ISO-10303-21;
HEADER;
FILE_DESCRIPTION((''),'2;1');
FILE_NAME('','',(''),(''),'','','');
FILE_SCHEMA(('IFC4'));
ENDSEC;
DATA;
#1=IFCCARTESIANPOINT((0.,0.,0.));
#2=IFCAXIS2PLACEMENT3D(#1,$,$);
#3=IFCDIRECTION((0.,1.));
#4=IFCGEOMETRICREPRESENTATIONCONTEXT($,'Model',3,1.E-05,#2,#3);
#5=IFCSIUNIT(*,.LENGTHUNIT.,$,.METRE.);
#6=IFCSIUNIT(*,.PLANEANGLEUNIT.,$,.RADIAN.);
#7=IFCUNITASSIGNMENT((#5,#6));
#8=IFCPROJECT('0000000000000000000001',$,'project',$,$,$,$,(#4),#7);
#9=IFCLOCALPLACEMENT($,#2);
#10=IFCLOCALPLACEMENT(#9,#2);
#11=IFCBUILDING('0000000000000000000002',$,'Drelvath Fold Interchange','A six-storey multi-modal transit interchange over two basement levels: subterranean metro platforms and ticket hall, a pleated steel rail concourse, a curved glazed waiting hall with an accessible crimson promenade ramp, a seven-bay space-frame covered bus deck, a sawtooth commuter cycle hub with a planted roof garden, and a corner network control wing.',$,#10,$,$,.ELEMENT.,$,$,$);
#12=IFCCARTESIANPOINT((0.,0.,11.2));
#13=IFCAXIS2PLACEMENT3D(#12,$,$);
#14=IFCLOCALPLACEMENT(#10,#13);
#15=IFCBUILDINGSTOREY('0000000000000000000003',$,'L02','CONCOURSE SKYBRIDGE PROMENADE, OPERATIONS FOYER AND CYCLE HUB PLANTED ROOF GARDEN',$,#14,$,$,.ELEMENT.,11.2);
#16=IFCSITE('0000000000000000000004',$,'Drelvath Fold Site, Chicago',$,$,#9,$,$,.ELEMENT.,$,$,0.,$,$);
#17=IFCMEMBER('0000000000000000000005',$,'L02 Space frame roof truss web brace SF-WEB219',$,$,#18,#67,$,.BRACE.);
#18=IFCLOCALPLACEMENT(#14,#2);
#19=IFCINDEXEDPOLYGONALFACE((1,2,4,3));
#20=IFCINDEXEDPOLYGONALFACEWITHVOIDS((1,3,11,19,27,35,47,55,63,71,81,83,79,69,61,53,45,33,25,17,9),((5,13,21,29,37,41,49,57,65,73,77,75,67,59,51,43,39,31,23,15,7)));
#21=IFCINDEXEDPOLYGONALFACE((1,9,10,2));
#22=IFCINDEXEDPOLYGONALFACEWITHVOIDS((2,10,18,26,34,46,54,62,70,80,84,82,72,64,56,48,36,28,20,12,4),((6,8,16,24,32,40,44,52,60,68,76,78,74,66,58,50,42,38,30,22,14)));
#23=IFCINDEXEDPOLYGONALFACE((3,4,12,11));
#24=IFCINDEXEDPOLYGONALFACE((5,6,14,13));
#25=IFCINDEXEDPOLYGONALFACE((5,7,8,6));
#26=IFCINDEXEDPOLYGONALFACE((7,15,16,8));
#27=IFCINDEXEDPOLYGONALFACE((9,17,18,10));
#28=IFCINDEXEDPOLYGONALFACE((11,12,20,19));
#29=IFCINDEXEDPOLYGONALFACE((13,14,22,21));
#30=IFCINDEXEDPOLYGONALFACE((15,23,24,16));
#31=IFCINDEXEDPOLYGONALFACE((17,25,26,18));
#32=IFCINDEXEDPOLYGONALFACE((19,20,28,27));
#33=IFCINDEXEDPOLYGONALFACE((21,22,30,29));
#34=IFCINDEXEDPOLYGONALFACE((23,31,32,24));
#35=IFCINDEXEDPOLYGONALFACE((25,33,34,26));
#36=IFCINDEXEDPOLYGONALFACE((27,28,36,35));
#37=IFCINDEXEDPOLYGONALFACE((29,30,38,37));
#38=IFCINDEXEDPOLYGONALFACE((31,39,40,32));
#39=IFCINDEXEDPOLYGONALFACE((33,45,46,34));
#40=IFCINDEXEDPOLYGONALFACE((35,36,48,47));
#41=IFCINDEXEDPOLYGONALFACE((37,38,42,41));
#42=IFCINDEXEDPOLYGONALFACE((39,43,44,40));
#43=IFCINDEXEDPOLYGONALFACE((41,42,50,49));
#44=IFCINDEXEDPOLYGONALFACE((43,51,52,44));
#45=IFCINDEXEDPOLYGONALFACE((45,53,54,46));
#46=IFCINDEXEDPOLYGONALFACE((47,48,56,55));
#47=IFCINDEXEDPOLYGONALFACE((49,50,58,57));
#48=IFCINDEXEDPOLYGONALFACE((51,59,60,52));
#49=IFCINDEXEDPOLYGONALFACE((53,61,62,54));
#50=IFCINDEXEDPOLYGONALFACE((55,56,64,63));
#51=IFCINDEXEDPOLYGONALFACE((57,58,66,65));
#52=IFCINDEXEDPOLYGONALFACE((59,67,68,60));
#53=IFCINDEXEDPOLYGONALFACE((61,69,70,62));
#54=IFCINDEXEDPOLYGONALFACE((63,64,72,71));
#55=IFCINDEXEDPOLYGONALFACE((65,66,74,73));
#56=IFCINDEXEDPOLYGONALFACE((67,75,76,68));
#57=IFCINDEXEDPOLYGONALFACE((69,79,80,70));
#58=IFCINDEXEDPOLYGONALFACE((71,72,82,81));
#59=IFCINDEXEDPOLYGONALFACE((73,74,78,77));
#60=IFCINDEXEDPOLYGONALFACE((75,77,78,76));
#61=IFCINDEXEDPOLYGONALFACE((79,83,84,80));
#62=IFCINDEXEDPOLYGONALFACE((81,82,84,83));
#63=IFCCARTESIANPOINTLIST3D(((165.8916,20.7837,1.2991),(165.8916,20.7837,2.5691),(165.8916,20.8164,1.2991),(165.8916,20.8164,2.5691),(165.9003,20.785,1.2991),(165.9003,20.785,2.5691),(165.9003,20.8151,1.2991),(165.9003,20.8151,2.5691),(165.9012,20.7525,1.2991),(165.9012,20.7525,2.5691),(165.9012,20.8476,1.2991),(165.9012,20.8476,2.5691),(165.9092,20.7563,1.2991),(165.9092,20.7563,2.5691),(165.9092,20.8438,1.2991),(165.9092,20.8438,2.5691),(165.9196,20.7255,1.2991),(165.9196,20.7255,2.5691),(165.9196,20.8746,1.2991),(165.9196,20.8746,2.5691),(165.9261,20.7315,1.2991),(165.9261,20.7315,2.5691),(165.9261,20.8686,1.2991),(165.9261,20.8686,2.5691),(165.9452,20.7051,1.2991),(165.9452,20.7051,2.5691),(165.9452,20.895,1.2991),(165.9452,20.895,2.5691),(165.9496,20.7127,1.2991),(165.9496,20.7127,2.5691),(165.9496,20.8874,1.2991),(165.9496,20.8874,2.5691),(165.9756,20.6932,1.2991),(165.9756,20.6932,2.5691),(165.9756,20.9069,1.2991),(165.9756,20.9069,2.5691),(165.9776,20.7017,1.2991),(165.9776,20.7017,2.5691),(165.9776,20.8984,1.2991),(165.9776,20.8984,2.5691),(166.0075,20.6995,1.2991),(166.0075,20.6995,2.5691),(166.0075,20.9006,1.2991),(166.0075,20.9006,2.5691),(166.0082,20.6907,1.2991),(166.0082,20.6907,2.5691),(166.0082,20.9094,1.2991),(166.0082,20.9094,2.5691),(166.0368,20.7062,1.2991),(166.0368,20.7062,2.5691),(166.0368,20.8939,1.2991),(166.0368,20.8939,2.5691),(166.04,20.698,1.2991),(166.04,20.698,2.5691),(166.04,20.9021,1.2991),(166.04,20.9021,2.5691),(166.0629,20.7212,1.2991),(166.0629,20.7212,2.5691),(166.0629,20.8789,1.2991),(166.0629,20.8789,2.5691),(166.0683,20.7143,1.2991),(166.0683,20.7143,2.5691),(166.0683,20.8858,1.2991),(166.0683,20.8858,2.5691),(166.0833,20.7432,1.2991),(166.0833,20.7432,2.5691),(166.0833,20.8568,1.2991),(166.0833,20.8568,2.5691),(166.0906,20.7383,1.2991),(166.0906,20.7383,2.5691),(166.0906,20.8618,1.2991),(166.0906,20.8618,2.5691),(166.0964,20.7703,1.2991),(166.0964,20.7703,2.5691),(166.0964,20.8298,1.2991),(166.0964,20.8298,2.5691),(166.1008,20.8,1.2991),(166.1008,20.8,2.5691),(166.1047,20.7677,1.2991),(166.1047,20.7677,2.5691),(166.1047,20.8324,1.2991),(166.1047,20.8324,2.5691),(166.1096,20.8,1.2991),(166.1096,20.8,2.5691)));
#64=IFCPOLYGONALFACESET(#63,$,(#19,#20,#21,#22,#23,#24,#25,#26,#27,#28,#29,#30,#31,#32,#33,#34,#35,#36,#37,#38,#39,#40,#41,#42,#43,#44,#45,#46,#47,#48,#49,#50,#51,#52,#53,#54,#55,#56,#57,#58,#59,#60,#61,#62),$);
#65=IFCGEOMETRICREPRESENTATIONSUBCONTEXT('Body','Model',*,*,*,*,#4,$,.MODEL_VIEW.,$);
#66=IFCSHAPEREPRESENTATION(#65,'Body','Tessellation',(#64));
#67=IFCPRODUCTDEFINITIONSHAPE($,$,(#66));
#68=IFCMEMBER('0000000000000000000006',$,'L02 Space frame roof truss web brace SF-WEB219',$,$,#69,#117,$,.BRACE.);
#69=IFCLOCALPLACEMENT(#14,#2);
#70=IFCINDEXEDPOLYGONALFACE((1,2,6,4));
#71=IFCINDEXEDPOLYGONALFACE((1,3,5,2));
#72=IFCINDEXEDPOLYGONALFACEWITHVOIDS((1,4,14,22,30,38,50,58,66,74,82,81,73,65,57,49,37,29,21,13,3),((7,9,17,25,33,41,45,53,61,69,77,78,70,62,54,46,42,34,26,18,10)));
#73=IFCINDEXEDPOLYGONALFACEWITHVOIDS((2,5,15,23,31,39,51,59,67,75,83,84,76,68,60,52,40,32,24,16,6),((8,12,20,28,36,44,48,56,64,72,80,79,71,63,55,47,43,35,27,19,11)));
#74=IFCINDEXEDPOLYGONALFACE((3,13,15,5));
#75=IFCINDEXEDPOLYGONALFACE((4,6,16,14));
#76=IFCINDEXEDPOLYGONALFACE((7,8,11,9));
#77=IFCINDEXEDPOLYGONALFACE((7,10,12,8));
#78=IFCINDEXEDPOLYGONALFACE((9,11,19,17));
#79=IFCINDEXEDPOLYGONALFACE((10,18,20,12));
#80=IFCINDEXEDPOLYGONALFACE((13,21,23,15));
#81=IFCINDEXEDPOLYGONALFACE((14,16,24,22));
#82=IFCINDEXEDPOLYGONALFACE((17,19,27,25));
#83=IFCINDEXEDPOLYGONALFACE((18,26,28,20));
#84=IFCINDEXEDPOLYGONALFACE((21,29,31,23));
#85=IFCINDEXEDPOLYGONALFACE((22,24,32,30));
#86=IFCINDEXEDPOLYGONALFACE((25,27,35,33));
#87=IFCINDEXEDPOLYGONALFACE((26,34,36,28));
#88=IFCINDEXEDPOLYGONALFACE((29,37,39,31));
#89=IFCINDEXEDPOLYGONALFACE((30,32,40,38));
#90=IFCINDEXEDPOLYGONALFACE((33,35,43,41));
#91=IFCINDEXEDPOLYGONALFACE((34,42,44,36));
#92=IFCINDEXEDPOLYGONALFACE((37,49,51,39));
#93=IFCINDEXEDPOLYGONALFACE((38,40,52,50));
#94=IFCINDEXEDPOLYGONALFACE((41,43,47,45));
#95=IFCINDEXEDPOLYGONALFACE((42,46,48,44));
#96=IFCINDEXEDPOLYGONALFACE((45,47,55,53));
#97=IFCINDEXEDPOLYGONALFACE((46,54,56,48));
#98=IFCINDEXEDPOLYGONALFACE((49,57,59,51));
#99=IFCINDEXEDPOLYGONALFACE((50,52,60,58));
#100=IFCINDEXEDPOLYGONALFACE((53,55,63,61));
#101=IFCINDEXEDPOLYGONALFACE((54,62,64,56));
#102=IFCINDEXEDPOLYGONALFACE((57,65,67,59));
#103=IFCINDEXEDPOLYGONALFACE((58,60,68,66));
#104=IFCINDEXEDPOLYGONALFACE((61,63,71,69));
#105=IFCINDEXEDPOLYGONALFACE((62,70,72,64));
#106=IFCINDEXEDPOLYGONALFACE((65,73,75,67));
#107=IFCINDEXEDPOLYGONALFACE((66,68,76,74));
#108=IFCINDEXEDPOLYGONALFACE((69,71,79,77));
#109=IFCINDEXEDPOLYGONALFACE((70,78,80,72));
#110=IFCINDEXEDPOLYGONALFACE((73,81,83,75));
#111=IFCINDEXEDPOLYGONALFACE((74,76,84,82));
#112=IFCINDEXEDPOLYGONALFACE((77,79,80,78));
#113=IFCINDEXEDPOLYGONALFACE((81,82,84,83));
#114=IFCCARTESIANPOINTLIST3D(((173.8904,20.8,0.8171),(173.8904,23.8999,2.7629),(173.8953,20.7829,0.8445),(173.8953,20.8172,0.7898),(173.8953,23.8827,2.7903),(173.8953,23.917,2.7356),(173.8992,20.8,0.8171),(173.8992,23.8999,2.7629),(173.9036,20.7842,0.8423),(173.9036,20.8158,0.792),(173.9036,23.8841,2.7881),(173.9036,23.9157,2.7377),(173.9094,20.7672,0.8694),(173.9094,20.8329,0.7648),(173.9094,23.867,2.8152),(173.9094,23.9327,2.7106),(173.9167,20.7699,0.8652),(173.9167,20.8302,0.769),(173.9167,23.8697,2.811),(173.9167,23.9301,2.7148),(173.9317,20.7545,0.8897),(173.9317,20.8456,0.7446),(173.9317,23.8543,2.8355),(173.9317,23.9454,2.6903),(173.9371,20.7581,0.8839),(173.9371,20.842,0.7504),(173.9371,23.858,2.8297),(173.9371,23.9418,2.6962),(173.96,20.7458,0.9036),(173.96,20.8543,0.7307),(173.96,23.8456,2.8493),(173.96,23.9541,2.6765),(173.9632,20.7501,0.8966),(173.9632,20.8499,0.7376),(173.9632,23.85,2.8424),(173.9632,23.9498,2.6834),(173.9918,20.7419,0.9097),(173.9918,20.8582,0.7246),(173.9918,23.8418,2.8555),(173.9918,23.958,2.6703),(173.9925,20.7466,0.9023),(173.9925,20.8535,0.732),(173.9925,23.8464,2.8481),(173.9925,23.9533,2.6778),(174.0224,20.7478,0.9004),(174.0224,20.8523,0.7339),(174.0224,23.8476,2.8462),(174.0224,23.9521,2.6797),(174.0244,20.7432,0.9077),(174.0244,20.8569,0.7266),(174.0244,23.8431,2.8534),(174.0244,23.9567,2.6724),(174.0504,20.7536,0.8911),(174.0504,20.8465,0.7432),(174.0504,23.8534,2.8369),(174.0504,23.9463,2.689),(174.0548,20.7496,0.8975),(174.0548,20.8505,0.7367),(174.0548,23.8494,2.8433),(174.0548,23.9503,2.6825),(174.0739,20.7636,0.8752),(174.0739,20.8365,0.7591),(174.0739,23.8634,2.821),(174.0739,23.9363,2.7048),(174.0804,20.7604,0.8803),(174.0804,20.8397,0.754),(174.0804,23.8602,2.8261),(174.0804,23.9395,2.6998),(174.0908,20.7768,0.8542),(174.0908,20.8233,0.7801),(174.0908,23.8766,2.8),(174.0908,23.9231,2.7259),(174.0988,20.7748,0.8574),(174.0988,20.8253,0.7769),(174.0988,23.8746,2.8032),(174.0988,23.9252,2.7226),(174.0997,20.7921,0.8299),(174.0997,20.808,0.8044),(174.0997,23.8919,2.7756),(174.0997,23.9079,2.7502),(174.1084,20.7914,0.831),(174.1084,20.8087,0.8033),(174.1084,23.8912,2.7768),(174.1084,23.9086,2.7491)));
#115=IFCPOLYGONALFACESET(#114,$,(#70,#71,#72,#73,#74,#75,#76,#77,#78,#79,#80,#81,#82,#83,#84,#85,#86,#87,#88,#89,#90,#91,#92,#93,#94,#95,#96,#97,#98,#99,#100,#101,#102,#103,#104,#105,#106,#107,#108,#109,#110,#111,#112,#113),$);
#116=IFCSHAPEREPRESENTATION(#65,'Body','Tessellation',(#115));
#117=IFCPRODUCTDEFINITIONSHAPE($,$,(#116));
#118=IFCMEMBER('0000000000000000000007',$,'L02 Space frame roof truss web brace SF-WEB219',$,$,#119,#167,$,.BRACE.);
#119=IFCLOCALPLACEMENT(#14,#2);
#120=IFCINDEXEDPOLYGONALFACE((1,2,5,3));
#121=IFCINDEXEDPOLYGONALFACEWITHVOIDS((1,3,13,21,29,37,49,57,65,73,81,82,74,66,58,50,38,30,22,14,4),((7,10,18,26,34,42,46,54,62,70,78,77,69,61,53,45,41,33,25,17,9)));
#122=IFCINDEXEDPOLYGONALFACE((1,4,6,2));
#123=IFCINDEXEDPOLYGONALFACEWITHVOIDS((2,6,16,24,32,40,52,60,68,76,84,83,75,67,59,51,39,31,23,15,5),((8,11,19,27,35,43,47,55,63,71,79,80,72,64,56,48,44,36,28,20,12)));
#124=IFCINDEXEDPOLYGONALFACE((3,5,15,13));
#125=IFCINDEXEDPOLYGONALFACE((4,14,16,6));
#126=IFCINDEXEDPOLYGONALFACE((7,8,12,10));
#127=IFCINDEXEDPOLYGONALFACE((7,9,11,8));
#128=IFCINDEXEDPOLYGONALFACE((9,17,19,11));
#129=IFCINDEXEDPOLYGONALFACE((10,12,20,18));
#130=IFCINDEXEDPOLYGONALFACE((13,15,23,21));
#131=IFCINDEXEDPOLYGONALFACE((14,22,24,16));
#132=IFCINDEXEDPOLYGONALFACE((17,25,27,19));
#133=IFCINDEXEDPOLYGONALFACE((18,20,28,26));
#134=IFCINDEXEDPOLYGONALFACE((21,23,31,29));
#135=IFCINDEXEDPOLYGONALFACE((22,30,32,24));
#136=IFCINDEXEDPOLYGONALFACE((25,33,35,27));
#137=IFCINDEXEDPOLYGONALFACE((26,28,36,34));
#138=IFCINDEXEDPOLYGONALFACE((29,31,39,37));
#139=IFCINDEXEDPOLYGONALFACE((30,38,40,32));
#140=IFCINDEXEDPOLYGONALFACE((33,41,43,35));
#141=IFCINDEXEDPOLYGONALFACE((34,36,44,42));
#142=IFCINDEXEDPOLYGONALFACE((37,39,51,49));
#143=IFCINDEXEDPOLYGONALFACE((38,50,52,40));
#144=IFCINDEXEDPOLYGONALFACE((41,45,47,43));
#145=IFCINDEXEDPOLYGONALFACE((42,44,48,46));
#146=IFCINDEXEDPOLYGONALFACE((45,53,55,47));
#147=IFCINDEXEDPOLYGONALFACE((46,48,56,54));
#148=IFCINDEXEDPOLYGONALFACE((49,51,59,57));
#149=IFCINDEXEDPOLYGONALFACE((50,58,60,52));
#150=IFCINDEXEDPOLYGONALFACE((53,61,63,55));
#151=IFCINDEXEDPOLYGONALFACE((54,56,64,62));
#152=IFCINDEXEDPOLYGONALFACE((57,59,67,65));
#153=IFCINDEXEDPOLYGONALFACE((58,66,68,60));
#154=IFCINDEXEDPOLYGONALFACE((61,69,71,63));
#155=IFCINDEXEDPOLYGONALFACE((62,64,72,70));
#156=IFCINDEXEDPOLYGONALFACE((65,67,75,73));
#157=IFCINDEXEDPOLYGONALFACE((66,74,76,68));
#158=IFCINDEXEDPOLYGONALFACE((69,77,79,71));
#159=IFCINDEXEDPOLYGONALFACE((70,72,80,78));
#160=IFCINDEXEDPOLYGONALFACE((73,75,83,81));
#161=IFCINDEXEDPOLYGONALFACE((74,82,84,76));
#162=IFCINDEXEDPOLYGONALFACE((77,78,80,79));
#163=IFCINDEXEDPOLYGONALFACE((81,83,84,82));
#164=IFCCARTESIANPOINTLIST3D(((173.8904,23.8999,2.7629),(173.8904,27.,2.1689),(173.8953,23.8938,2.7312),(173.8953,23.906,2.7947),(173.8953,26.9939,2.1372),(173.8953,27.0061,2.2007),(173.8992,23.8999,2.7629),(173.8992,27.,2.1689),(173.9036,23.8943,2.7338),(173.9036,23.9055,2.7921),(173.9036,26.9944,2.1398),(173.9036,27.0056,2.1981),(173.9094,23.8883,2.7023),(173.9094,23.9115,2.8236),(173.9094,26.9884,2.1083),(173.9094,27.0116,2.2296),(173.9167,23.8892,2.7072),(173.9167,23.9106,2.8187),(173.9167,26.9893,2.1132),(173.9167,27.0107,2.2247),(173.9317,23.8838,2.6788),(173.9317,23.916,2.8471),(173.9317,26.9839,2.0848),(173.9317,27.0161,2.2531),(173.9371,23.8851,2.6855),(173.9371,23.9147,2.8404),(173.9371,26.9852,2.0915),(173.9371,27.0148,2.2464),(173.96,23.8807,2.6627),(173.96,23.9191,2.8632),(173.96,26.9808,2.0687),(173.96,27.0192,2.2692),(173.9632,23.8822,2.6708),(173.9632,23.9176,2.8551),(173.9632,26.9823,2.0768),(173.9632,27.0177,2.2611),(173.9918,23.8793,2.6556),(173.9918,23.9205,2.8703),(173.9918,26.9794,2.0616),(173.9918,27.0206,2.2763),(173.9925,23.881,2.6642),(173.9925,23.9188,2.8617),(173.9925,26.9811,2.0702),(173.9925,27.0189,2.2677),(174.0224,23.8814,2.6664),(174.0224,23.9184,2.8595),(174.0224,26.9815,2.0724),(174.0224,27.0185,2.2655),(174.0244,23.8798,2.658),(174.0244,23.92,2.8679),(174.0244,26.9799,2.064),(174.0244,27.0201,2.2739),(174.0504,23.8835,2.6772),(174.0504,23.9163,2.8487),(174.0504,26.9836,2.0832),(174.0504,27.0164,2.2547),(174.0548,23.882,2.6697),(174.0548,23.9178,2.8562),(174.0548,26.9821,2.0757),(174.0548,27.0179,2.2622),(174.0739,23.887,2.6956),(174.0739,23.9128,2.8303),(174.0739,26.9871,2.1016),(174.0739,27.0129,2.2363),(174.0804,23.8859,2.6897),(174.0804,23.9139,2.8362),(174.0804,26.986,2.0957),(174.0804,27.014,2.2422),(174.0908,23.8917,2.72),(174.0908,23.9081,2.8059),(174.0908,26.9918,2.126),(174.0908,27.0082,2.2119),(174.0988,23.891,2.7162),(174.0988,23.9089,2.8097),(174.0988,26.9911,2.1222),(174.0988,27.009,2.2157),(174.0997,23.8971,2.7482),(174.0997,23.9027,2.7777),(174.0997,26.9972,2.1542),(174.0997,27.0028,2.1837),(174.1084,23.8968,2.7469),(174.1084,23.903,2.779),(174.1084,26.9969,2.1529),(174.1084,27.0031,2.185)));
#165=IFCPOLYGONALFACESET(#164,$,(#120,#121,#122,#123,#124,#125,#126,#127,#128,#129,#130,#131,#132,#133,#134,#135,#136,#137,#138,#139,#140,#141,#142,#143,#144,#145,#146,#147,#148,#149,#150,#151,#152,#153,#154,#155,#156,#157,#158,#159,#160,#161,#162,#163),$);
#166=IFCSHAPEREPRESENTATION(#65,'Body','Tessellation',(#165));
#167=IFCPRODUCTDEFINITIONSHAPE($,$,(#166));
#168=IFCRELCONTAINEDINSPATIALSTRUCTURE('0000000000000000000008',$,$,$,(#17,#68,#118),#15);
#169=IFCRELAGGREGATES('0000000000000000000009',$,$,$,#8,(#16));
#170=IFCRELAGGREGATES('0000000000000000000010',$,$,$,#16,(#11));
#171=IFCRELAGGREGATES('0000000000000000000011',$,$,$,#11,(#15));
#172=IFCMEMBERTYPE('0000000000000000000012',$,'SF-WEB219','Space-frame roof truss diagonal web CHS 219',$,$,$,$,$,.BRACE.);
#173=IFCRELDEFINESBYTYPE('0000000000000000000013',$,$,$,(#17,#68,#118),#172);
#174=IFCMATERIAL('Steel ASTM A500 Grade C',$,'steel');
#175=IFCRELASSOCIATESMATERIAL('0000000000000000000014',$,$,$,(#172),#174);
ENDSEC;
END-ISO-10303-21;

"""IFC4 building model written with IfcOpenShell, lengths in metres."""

from ifc_helpers import new_model, si_unit, direction, frame, origin, origin_2d, place, context, subcontext, project, spatial, hollow_circle, extrude, material, material_profile, profile_set, type_object, element, save


model = new_model("IFC4")

# Units and contexts
model_context = context("Model", 3, precision=1e-05, world=origin(), true_north=direction((0.0, 1.0)))
body_context = subcontext(model_context, "Body", "Model", "MODEL_VIEW")
ifc_project = project(units=[si_unit("LENGTHUNIT", "METRE"), si_unit("PLANEANGLEUNIT", "RADIAN")], contexts=[model_context])

# Site, building, storey
site_placement = place(None, origin())
site = spatial("IfcSite", under=ifc_project, at=site_placement, Name="Drelvath Fold Site, Chicago", CompositionType="ELEMENT", RefElevation=0.0)
building_placement = place(site_placement, origin())
building = spatial("IfcBuilding", under=site, at=building_placement, Name="Drelvath Fold Interchange", Description="A six-storey multi-modal transit interchange over two basement levels: subterranean metro platforms and ticket hall, a pleated steel rail concourse, a curved glazed waiting hall with an accessible crimson promenade ramp, a seven-bay space-frame covered bus deck, a sawtooth commuter cycle hub with a planted roof garden, and a corner network control wing.", CompositionType="ELEMENT")
storey_placement = place(building_placement, frame((0.0, 0.0, 11.2)))
storey = spatial("IfcBuildingStorey", under=building, at=storey_placement, Name="L02", Description="CONCOURSE SKYBRIDGE PROMENADE, OPERATIONS FOYER AND CYCLE HUB PLANTED ROOF GARDEN", CompositionType="ELEMENT", Elevation=11.2)

# Shared definitions
ifc_material_1 = material(Name="Steel ASTM A500 Grade C", Category="steel")

# Members
ifc_material_profile_1 = material_profile(ifc_material_1, hollow_circle(Radius=0.1096, WallThickness=0.0088, at=origin_2d()), Name="HSS8.625X0.375")
ifc_profile_set_1 = profile_set([ifc_material_profile_1], Name="Steel ASTM A500 Grade C")
member_type_1 = type_object("IfcMemberType", Name="SF-WEB219", Description="Space-frame roof truss diagonal web CHS 219", PredefinedType="BRACE", material=ifc_profile_set_1)
member_1_placement = place(storey_placement, frame((166.0, 20.8, 1.2991), z_axis=(0.0, 0.0, 1.0), x_axis=(1.0, 0.0, 0.0)))
element("IfcMember", 1, at=member_1_placement, inside=storey, type_object=member_type_1, Name="L02 Space frame roof truss web brace SF-WEB219", PredefinedType="BRACE", context=body_context, shape_type="SweptSolid", body=[
    extrude(hollow_circle(Radius=0.1096, WallThickness=0.0088, at=origin_2d()), origin(), (0.0, 0.0, 1.0), 1.27),
])
member_2_placement = place(storey_placement, frame((174.0, 20.8, 0.8171), z_axis=(0.0, 0.846966, 0.531647), x_axis=(-1.0, 0.0, 0.0)))
element("IfcMember", 2, at=member_2_placement, inside=storey, type_object=member_type_1, Name="L02 Space frame roof truss web brace SF-WEB219", PredefinedType="BRACE", context=body_context, shape_type="SweptSolid", body=[
    extrude(hollow_circle(Radius=0.1096, WallThickness=0.0088, at=origin_2d()), origin(), (0.0, 0.0, 1.0), 3.6599),
])
member_3_placement = place(storey_placement, frame((174.0, 23.8999, 2.7629), z_axis=(0.0, 0.982134, -0.188182), x_axis=(-1.0, 0.0, 0.0)))
element("IfcMember", 3, at=member_3_placement, inside=storey, type_object=member_type_1, Name="L02 Space frame roof truss web brace SF-WEB219", PredefinedType="BRACE", context=body_context, shape_type="SweptSolid", body=[
    extrude(hollow_circle(Radius=0.1096, WallThickness=0.0088, at=origin_2d()), origin(), (0.0, 0.0, 1.0), 3.1565),
])

save(model, "model.ifc")
